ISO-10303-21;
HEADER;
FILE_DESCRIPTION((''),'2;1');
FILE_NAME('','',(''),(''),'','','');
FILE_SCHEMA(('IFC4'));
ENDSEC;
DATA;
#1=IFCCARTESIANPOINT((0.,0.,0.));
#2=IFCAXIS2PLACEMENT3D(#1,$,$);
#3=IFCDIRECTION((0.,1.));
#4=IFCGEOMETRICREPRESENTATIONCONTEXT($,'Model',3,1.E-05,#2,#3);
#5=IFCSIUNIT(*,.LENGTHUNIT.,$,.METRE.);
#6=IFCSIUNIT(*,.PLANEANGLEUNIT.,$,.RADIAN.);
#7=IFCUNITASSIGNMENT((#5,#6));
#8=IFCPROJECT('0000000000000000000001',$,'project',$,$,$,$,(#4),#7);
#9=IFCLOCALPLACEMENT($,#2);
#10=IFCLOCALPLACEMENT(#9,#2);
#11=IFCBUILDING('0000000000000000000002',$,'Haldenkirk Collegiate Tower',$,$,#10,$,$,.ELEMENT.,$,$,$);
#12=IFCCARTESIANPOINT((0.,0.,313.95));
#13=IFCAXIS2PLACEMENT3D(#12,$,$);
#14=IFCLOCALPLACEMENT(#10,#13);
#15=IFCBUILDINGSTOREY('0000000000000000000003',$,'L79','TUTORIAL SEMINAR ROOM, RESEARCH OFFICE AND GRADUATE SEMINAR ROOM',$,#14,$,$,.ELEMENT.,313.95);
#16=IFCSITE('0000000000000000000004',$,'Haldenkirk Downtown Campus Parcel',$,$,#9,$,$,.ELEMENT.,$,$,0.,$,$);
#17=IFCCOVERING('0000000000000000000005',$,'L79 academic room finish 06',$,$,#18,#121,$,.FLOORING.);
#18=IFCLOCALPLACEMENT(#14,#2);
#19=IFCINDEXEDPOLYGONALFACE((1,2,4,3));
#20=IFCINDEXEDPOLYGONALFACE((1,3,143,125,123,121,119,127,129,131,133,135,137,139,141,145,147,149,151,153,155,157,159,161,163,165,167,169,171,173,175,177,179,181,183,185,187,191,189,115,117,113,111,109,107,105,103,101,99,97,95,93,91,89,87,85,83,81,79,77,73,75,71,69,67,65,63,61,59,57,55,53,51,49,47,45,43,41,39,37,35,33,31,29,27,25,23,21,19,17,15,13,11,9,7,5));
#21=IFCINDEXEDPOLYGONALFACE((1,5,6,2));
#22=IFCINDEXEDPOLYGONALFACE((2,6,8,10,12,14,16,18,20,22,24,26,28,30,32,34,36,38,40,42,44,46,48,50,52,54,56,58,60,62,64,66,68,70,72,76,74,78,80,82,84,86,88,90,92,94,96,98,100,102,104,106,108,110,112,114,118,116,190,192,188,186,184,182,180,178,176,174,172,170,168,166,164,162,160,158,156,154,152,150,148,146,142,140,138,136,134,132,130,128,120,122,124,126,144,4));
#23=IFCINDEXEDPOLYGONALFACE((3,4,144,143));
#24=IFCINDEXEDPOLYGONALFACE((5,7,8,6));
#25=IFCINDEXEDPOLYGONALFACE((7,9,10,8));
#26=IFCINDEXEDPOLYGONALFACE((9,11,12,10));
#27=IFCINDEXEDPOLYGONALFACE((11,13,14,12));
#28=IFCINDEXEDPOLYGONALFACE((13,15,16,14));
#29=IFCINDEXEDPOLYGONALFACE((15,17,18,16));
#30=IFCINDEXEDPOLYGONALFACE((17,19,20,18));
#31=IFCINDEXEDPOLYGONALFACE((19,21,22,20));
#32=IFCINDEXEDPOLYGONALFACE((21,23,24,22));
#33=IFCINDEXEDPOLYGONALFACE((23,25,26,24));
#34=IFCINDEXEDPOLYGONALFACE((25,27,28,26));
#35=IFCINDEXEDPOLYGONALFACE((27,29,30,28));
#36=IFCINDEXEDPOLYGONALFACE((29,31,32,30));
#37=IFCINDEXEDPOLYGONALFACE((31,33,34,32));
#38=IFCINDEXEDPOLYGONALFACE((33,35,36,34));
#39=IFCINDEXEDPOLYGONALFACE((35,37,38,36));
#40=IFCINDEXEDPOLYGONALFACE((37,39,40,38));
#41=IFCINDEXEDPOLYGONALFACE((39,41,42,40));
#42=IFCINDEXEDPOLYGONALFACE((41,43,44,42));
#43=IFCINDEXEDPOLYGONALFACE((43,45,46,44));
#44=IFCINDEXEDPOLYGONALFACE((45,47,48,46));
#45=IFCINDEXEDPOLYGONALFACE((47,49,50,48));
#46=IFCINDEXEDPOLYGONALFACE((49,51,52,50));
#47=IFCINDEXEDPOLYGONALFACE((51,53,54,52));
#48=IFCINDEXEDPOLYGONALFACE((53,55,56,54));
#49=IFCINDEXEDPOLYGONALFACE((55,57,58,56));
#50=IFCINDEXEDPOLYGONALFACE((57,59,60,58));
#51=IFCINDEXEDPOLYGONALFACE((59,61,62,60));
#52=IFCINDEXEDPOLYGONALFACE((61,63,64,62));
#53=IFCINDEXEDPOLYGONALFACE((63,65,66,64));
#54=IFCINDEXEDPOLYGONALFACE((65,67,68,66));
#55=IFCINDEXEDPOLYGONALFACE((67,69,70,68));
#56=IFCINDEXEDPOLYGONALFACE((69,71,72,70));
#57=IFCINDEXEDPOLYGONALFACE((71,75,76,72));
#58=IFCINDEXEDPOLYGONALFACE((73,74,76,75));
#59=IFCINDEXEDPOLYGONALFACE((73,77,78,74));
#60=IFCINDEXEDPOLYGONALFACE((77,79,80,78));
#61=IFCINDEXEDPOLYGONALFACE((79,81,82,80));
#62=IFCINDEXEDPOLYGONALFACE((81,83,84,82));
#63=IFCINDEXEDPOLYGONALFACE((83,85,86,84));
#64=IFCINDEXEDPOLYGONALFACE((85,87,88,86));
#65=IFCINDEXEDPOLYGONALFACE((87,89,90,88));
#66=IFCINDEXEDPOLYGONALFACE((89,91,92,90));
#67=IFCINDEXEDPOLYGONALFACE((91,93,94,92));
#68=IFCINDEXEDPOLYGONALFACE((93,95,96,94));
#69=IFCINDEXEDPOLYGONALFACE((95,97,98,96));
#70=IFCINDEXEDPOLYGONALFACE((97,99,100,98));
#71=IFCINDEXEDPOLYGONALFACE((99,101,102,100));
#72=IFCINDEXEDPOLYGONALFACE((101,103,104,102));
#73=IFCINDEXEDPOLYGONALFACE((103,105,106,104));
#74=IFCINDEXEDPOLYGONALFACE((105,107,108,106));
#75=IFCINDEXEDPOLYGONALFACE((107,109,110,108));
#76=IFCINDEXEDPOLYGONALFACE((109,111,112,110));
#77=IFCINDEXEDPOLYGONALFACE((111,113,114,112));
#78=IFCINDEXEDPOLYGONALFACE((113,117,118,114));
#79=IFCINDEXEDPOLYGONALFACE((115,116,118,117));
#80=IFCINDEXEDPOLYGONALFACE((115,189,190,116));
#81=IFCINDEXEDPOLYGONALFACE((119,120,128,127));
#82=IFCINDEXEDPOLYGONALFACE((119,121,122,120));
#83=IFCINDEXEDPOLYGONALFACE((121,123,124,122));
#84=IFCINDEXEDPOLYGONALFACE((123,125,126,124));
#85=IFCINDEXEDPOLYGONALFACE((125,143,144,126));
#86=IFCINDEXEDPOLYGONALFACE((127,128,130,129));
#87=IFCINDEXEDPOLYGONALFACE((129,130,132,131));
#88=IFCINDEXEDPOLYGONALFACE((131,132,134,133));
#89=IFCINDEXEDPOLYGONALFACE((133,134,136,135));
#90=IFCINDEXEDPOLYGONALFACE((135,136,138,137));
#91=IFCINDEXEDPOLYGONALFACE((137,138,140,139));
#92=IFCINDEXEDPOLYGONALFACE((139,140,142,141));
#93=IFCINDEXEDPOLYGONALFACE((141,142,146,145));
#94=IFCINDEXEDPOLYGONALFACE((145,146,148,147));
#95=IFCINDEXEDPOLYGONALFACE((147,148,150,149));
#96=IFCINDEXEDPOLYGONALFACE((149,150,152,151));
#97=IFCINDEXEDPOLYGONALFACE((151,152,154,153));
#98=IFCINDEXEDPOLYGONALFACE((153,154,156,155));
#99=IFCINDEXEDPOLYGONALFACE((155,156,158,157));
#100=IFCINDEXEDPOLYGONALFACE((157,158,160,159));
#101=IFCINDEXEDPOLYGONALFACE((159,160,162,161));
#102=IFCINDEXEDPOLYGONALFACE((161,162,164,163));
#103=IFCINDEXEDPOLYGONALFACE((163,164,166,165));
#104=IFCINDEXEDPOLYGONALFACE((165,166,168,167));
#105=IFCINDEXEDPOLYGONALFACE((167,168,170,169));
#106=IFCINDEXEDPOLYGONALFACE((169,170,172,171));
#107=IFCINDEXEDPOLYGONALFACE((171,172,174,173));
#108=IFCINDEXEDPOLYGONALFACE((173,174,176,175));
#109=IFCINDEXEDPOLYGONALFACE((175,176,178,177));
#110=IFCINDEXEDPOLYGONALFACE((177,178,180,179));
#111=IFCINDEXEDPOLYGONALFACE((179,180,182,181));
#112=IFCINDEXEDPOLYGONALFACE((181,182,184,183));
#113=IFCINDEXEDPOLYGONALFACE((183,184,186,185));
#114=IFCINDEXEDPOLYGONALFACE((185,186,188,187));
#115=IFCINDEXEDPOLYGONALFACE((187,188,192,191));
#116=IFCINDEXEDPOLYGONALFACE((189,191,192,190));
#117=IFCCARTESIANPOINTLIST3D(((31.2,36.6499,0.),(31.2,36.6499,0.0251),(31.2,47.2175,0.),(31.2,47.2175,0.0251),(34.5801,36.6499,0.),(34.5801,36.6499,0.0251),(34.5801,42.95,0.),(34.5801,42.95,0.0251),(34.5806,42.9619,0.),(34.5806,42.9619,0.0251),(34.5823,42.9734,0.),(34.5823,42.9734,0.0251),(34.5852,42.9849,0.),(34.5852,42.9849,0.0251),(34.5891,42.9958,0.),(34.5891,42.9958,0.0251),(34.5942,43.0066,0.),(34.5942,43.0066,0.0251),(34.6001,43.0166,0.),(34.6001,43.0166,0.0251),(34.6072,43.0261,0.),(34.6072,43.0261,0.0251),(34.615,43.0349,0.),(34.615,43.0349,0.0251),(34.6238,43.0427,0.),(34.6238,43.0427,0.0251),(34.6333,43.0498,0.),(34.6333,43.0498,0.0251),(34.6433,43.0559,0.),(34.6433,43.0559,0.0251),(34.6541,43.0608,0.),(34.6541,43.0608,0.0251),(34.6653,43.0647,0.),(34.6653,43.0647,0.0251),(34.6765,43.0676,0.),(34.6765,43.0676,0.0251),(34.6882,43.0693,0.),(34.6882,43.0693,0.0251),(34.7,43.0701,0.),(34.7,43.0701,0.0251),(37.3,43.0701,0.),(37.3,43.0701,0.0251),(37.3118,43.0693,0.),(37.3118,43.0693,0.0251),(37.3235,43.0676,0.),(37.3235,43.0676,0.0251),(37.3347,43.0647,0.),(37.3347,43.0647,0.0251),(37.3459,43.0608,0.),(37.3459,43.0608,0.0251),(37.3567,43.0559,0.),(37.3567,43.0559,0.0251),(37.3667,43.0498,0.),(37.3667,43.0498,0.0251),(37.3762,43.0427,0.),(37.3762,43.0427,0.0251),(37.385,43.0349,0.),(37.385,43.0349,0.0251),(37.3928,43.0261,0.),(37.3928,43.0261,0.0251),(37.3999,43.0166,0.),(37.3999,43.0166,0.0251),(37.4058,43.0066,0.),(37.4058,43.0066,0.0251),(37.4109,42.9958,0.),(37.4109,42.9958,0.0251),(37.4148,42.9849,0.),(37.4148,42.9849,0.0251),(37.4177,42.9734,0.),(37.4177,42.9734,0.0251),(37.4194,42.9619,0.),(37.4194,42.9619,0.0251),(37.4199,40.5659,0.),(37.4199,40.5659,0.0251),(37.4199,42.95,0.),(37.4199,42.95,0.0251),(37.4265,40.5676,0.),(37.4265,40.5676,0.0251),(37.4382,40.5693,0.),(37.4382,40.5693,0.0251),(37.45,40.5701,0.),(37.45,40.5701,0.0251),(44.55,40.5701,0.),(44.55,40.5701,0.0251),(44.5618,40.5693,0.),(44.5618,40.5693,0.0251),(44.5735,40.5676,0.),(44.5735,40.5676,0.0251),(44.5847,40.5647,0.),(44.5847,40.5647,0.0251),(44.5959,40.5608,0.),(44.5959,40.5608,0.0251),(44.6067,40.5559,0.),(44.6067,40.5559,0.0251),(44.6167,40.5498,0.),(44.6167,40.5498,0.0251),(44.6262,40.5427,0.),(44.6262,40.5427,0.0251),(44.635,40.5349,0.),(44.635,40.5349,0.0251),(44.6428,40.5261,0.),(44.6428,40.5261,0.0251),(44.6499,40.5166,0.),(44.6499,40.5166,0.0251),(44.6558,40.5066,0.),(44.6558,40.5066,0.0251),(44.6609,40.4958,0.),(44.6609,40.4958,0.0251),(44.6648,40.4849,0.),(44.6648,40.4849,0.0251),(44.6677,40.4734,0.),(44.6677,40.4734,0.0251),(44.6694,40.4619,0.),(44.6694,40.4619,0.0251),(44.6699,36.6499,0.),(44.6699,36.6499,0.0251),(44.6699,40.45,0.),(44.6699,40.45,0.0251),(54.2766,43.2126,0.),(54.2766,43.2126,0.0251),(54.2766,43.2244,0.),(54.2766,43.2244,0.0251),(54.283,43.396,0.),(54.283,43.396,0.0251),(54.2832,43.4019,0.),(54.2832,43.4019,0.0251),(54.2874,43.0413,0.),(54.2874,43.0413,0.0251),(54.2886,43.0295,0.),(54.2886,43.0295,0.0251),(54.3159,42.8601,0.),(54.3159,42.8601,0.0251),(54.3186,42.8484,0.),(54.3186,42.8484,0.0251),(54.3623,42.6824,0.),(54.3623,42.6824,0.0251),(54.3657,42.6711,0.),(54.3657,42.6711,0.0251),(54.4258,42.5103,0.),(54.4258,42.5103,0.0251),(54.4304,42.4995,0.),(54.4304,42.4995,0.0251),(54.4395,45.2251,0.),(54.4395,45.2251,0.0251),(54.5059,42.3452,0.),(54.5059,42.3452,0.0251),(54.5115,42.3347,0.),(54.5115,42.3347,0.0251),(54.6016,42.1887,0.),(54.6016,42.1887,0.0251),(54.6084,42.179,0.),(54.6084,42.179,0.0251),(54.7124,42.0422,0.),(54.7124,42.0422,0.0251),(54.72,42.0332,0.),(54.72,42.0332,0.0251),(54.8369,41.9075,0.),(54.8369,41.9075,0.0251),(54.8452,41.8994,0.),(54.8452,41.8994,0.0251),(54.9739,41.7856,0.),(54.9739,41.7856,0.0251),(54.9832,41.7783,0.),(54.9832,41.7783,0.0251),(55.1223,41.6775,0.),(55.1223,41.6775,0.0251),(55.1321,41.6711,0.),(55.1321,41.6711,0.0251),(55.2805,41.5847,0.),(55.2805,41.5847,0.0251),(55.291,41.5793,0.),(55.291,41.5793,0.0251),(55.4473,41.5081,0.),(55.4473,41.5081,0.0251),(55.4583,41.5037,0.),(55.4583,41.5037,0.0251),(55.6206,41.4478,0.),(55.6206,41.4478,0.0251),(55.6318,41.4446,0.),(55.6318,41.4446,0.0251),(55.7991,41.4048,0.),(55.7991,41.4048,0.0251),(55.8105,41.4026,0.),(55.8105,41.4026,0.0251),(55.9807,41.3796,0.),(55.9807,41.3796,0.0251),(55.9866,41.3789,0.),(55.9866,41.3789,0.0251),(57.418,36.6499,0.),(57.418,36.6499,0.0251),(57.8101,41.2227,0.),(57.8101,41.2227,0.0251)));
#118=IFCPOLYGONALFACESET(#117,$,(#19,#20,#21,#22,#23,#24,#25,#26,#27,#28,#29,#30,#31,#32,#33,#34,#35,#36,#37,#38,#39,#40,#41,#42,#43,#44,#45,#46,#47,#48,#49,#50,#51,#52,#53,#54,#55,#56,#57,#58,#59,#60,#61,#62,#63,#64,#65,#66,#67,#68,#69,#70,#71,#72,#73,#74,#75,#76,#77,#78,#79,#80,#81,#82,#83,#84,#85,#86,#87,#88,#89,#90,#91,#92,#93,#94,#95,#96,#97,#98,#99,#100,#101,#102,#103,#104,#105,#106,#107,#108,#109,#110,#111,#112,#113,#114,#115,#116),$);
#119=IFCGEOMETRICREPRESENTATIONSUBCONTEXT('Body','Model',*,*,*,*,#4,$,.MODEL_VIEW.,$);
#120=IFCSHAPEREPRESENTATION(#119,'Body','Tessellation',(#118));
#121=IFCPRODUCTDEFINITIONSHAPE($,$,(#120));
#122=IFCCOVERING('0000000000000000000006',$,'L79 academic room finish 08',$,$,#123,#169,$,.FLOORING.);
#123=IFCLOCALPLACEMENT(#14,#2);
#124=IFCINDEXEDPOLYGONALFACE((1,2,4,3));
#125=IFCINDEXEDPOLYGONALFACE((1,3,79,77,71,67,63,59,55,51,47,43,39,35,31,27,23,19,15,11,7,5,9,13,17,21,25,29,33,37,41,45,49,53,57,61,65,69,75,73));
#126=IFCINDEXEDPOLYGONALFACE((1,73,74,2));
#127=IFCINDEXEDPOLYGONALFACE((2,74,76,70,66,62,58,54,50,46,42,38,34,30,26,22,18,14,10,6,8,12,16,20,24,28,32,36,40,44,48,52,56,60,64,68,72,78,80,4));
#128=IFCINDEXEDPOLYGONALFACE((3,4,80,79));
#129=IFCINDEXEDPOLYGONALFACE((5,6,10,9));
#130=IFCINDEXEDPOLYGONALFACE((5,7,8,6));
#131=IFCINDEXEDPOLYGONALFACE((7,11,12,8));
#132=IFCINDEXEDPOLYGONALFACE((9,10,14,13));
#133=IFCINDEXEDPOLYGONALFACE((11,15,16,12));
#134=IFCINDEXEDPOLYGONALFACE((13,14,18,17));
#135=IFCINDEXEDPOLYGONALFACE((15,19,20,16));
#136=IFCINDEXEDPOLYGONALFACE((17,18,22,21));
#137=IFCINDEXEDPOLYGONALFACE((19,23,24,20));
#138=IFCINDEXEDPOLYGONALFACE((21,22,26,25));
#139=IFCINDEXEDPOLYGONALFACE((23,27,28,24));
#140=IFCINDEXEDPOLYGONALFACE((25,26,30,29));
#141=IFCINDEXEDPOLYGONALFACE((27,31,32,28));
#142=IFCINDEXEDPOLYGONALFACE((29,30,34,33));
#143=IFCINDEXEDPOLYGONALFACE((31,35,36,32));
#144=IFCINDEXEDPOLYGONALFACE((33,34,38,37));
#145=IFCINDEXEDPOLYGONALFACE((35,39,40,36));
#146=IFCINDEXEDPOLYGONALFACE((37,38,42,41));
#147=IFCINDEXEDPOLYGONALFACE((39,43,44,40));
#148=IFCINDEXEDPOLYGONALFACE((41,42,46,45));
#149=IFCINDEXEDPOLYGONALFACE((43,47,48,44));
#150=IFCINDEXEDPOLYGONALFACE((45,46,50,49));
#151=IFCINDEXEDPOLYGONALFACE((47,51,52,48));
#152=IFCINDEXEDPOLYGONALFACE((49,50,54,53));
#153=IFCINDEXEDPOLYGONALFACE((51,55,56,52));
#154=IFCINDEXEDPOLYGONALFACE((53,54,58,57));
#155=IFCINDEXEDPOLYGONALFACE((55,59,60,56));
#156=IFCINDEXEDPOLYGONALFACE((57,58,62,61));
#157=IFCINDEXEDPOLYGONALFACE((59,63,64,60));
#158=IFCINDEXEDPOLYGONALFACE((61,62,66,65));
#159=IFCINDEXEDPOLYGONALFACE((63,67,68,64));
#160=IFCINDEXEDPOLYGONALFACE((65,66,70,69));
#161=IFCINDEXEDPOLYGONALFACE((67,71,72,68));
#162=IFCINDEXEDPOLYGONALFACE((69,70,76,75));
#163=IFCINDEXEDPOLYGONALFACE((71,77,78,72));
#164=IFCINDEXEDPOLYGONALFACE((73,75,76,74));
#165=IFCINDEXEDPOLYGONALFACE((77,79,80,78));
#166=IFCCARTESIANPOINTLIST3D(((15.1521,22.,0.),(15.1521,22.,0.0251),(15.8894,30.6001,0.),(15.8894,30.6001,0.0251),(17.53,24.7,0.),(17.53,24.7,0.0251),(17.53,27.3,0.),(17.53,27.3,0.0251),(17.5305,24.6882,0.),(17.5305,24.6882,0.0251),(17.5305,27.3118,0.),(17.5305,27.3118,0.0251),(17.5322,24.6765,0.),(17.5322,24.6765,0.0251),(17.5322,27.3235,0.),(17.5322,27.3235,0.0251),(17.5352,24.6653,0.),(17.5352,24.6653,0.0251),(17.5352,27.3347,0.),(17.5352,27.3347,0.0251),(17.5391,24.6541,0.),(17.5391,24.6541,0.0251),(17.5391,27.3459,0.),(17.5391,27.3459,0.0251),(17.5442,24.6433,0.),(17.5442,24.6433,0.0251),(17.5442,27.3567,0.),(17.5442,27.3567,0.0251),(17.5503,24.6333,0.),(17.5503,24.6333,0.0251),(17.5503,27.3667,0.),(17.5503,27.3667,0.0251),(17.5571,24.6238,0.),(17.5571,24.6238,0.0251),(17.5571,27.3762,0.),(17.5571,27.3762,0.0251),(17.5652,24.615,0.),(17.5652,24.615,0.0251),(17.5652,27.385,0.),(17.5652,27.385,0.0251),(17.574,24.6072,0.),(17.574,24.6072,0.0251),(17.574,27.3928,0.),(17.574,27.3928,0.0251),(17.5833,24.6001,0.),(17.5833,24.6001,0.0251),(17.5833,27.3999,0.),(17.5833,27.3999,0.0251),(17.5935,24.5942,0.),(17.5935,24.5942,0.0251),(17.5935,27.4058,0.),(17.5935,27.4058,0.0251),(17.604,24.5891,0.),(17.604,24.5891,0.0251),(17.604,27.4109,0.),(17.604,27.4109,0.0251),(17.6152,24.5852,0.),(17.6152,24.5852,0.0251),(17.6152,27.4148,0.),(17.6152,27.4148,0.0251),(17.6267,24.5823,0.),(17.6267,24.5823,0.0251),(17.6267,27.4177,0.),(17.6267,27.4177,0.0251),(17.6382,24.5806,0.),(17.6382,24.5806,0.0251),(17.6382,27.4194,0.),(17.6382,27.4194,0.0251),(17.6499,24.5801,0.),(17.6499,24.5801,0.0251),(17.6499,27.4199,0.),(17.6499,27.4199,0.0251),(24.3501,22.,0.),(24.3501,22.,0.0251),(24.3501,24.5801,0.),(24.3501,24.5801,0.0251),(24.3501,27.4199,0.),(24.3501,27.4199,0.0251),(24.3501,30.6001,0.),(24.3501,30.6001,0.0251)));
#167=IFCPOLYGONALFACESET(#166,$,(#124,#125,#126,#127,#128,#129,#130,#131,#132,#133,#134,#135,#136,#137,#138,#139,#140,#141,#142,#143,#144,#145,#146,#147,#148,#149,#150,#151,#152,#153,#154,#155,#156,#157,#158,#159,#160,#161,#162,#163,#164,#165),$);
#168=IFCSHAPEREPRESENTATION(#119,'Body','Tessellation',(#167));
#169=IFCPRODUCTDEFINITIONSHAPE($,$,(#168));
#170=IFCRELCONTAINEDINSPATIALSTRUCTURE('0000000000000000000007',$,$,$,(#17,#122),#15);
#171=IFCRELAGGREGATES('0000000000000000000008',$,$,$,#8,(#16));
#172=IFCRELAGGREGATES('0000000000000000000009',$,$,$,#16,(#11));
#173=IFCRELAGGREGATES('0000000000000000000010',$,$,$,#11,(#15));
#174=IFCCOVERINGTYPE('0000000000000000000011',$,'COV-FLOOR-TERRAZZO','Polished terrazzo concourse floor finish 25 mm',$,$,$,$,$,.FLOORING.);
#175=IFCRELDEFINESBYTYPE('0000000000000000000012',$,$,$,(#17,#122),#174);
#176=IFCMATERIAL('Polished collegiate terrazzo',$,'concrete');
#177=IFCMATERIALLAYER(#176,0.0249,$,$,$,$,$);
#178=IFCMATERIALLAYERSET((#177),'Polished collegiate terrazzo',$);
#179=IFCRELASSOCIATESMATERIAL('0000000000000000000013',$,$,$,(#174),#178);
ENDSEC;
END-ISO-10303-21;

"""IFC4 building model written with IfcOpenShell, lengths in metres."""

from ifc_helpers import new_model, si_unit, direction, frame, origin, place, context, subcontext, project, spatial, polyline, outline, extrude, material, layer, layer_set, type_object, element, save


model = new_model("IFC4")

# Units and contexts
model_context = context("Model", 3, precision=1e-05, world=origin(), true_north=direction((0.0, 1.0)))
body_context = subcontext(model_context, "Body", "Model", "MODEL_VIEW")
ifc_project = project(units=[si_unit("LENGTHUNIT", "METRE"), si_unit("PLANEANGLEUNIT", "RADIAN")], contexts=[model_context])

# Site, building, storey
site_placement = place(None, origin())
site = spatial("IfcSite", under=ifc_project, at=site_placement, Name="Haldenkirk Downtown Campus Parcel", CompositionType="ELEMENT", RefElevation=0.0)
building_placement = place(site_placement, origin())
building = spatial("IfcBuilding", under=site, at=building_placement, Name="Haldenkirk Collegiate Tower", CompositionType="ELEMENT")
storey_placement = place(building_placement, frame((0.0, 0.0, 313.95)))
storey = spatial("IfcBuildingStorey", under=building, at=storey_placement, Name="L79", Description="TUTORIAL SEMINAR ROOM, RESEARCH OFFICE AND GRADUATE SEMINAR ROOM", CompositionType="ELEMENT", Elevation=313.95)

# Coverings
ifc_material_1 = material(Name="Polished collegiate terrazzo", Category="concrete")
ifc_layer_1 = layer(ifc_material_1, 0.0249)
ifc_layer_set_1 = layer_set([ifc_layer_1], Name="Polished collegiate terrazzo")
covering_type_1 = type_object("IfcCoveringType", Name="COV-FLOOR-TERRAZZO", Description="Polished terrazzo concourse floor finish 25 mm", PredefinedType="FLOORING", material=ifc_layer_set_1)
covering_1_placement = place(storey_placement, origin())
element("IfcCovering", 1, at=covering_1_placement, inside=storey, type_object=covering_type_1, Name="L79 academic room finish 06", PredefinedType="FLOORING", context=body_context, shape_type="SweptSolid", body=[
    extrude(outline(polyline([(37.4199, 40.5659), (37.4199, 42.95), (37.4194, 42.9619), (37.4177, 42.9734), (37.4148, 42.9849), (37.4109, 42.9958), (37.4058, 43.0066), (37.3999, 43.0166), (37.3928, 43.0261), (37.385, 43.0349), (37.3762, 43.0427), (37.3667, 43.0498), (37.3567, 43.0559), (37.3459, 43.0608), (37.3347, 43.0647), (37.3235, 43.0676), (37.3118, 43.0693), (37.3, 43.0701), (34.7, 43.0701), (34.6882, 43.0693), (34.6765, 43.0676), (34.6653, 43.0647), (34.6541, 43.0608), (34.6433, 43.0559), (34.6333, 43.0498), (34.6238, 43.0427), (34.615, 43.0349), (34.6072, 43.0261), (34.6001, 43.0166), (34.5942, 43.0066), (34.5891, 42.9958), (34.5852, 42.9849), (34.5823, 42.9734), (34.5806, 42.9619), (34.5801, 42.95), (34.5801, 36.6499), (31.2, 36.6499), (31.2, 47.2175), (54.4395, 45.2251), (54.2832, 43.4019), (54.283, 43.396), (54.2766, 43.2244), (54.2766, 43.2126), (54.2874, 43.0413), (54.2886, 43.0295), (54.3159, 42.8601), (54.3186, 42.8484), (54.3623, 42.6824), (54.3657, 42.6711), (54.4258, 42.5103), (54.4304, 42.4995), (54.5059, 42.3452), (54.5115, 42.3347), (54.6016, 42.1887), (54.6084, 42.179), (54.7124, 42.0422), (54.72, 42.0332), (54.8369, 41.9075), (54.8452, 41.8994), (54.9739, 41.7856), (54.9832, 41.7783), (55.1223, 41.6775), (55.1321, 41.6711), (55.2805, 41.5847), (55.291, 41.5793), (55.4473, 41.5081), (55.4583, 41.5037), (55.6206, 41.4478), (55.6318, 41.4446), (55.7991, 41.4048), (55.8105, 41.4026), (55.9807, 41.3796), (55.9866, 41.3789), (57.8101, 41.2227), (57.418, 36.6499), (44.6699, 36.6499), (44.6699, 40.45), (44.6694, 40.4619), (44.6677, 40.4734), (44.6648, 40.4849), (44.6609, 40.4958), (44.6558, 40.5066), (44.6499, 40.5166), (44.6428, 40.5261), (44.635, 40.5349), (44.6262, 40.5427), (44.6167, 40.5498), (44.6067, 40.5559), (44.5959, 40.5608), (44.5847, 40.5647), (44.5735, 40.5676), (44.5618, 40.5693), (44.55, 40.5701), (37.45, 40.5701), (37.4382, 40.5693), (37.4265, 40.5676), (37.4199, 40.5659)])), origin(), (0.0, 0.0, 1.0), 0.0251),
])
covering_2_placement = place(storey_placement, origin())
element("IfcCovering", 2, at=covering_2_placement, inside=storey, type_object=covering_type_1, Name="L79 academic room finish 08", PredefinedType="FLOORING", context=body_context, shape_type="SweptSolid", body=[
    extrude(outline(polyline([(17.6499, 27.4199), (17.6382, 27.4194), (17.6267, 27.4177), (17.6152, 27.4148), (17.604, 27.4109), (17.5935, 27.4058), (17.5833, 27.3999), (17.574, 27.3928), (17.5652, 27.385), (17.5571, 27.3762), (17.5503, 27.3667), (17.5442, 27.3567), (17.5391, 27.3459), (17.5352, 27.3347), (17.5322, 27.3235), (17.5305, 27.3118), (17.53, 27.3), (17.53, 24.7), (17.5305, 24.6882), (17.5322, 24.6765), (17.5352, 24.6653), (17.5391, 24.6541), (17.5442, 24.6433), (17.5503, 24.6333), (17.5571, 24.6238), (17.5652, 24.615), (17.574, 24.6072), (17.5833, 24.6001), (17.5935, 24.5942), (17.604, 24.5891), (17.6152, 24.5852), (17.6267, 24.5823), (17.6382, 24.5806), (17.6499, 24.5801), (24.3501, 24.5801), (24.3501, 22.0), (15.1521, 22.0), (15.8894, 30.6001), (24.3501, 30.6001), (24.3501, 27.4199), (17.6499, 27.4199)])), origin(), (0.0, 0.0, 1.0), 0.0251),
])

save(model, "model.ifc")
